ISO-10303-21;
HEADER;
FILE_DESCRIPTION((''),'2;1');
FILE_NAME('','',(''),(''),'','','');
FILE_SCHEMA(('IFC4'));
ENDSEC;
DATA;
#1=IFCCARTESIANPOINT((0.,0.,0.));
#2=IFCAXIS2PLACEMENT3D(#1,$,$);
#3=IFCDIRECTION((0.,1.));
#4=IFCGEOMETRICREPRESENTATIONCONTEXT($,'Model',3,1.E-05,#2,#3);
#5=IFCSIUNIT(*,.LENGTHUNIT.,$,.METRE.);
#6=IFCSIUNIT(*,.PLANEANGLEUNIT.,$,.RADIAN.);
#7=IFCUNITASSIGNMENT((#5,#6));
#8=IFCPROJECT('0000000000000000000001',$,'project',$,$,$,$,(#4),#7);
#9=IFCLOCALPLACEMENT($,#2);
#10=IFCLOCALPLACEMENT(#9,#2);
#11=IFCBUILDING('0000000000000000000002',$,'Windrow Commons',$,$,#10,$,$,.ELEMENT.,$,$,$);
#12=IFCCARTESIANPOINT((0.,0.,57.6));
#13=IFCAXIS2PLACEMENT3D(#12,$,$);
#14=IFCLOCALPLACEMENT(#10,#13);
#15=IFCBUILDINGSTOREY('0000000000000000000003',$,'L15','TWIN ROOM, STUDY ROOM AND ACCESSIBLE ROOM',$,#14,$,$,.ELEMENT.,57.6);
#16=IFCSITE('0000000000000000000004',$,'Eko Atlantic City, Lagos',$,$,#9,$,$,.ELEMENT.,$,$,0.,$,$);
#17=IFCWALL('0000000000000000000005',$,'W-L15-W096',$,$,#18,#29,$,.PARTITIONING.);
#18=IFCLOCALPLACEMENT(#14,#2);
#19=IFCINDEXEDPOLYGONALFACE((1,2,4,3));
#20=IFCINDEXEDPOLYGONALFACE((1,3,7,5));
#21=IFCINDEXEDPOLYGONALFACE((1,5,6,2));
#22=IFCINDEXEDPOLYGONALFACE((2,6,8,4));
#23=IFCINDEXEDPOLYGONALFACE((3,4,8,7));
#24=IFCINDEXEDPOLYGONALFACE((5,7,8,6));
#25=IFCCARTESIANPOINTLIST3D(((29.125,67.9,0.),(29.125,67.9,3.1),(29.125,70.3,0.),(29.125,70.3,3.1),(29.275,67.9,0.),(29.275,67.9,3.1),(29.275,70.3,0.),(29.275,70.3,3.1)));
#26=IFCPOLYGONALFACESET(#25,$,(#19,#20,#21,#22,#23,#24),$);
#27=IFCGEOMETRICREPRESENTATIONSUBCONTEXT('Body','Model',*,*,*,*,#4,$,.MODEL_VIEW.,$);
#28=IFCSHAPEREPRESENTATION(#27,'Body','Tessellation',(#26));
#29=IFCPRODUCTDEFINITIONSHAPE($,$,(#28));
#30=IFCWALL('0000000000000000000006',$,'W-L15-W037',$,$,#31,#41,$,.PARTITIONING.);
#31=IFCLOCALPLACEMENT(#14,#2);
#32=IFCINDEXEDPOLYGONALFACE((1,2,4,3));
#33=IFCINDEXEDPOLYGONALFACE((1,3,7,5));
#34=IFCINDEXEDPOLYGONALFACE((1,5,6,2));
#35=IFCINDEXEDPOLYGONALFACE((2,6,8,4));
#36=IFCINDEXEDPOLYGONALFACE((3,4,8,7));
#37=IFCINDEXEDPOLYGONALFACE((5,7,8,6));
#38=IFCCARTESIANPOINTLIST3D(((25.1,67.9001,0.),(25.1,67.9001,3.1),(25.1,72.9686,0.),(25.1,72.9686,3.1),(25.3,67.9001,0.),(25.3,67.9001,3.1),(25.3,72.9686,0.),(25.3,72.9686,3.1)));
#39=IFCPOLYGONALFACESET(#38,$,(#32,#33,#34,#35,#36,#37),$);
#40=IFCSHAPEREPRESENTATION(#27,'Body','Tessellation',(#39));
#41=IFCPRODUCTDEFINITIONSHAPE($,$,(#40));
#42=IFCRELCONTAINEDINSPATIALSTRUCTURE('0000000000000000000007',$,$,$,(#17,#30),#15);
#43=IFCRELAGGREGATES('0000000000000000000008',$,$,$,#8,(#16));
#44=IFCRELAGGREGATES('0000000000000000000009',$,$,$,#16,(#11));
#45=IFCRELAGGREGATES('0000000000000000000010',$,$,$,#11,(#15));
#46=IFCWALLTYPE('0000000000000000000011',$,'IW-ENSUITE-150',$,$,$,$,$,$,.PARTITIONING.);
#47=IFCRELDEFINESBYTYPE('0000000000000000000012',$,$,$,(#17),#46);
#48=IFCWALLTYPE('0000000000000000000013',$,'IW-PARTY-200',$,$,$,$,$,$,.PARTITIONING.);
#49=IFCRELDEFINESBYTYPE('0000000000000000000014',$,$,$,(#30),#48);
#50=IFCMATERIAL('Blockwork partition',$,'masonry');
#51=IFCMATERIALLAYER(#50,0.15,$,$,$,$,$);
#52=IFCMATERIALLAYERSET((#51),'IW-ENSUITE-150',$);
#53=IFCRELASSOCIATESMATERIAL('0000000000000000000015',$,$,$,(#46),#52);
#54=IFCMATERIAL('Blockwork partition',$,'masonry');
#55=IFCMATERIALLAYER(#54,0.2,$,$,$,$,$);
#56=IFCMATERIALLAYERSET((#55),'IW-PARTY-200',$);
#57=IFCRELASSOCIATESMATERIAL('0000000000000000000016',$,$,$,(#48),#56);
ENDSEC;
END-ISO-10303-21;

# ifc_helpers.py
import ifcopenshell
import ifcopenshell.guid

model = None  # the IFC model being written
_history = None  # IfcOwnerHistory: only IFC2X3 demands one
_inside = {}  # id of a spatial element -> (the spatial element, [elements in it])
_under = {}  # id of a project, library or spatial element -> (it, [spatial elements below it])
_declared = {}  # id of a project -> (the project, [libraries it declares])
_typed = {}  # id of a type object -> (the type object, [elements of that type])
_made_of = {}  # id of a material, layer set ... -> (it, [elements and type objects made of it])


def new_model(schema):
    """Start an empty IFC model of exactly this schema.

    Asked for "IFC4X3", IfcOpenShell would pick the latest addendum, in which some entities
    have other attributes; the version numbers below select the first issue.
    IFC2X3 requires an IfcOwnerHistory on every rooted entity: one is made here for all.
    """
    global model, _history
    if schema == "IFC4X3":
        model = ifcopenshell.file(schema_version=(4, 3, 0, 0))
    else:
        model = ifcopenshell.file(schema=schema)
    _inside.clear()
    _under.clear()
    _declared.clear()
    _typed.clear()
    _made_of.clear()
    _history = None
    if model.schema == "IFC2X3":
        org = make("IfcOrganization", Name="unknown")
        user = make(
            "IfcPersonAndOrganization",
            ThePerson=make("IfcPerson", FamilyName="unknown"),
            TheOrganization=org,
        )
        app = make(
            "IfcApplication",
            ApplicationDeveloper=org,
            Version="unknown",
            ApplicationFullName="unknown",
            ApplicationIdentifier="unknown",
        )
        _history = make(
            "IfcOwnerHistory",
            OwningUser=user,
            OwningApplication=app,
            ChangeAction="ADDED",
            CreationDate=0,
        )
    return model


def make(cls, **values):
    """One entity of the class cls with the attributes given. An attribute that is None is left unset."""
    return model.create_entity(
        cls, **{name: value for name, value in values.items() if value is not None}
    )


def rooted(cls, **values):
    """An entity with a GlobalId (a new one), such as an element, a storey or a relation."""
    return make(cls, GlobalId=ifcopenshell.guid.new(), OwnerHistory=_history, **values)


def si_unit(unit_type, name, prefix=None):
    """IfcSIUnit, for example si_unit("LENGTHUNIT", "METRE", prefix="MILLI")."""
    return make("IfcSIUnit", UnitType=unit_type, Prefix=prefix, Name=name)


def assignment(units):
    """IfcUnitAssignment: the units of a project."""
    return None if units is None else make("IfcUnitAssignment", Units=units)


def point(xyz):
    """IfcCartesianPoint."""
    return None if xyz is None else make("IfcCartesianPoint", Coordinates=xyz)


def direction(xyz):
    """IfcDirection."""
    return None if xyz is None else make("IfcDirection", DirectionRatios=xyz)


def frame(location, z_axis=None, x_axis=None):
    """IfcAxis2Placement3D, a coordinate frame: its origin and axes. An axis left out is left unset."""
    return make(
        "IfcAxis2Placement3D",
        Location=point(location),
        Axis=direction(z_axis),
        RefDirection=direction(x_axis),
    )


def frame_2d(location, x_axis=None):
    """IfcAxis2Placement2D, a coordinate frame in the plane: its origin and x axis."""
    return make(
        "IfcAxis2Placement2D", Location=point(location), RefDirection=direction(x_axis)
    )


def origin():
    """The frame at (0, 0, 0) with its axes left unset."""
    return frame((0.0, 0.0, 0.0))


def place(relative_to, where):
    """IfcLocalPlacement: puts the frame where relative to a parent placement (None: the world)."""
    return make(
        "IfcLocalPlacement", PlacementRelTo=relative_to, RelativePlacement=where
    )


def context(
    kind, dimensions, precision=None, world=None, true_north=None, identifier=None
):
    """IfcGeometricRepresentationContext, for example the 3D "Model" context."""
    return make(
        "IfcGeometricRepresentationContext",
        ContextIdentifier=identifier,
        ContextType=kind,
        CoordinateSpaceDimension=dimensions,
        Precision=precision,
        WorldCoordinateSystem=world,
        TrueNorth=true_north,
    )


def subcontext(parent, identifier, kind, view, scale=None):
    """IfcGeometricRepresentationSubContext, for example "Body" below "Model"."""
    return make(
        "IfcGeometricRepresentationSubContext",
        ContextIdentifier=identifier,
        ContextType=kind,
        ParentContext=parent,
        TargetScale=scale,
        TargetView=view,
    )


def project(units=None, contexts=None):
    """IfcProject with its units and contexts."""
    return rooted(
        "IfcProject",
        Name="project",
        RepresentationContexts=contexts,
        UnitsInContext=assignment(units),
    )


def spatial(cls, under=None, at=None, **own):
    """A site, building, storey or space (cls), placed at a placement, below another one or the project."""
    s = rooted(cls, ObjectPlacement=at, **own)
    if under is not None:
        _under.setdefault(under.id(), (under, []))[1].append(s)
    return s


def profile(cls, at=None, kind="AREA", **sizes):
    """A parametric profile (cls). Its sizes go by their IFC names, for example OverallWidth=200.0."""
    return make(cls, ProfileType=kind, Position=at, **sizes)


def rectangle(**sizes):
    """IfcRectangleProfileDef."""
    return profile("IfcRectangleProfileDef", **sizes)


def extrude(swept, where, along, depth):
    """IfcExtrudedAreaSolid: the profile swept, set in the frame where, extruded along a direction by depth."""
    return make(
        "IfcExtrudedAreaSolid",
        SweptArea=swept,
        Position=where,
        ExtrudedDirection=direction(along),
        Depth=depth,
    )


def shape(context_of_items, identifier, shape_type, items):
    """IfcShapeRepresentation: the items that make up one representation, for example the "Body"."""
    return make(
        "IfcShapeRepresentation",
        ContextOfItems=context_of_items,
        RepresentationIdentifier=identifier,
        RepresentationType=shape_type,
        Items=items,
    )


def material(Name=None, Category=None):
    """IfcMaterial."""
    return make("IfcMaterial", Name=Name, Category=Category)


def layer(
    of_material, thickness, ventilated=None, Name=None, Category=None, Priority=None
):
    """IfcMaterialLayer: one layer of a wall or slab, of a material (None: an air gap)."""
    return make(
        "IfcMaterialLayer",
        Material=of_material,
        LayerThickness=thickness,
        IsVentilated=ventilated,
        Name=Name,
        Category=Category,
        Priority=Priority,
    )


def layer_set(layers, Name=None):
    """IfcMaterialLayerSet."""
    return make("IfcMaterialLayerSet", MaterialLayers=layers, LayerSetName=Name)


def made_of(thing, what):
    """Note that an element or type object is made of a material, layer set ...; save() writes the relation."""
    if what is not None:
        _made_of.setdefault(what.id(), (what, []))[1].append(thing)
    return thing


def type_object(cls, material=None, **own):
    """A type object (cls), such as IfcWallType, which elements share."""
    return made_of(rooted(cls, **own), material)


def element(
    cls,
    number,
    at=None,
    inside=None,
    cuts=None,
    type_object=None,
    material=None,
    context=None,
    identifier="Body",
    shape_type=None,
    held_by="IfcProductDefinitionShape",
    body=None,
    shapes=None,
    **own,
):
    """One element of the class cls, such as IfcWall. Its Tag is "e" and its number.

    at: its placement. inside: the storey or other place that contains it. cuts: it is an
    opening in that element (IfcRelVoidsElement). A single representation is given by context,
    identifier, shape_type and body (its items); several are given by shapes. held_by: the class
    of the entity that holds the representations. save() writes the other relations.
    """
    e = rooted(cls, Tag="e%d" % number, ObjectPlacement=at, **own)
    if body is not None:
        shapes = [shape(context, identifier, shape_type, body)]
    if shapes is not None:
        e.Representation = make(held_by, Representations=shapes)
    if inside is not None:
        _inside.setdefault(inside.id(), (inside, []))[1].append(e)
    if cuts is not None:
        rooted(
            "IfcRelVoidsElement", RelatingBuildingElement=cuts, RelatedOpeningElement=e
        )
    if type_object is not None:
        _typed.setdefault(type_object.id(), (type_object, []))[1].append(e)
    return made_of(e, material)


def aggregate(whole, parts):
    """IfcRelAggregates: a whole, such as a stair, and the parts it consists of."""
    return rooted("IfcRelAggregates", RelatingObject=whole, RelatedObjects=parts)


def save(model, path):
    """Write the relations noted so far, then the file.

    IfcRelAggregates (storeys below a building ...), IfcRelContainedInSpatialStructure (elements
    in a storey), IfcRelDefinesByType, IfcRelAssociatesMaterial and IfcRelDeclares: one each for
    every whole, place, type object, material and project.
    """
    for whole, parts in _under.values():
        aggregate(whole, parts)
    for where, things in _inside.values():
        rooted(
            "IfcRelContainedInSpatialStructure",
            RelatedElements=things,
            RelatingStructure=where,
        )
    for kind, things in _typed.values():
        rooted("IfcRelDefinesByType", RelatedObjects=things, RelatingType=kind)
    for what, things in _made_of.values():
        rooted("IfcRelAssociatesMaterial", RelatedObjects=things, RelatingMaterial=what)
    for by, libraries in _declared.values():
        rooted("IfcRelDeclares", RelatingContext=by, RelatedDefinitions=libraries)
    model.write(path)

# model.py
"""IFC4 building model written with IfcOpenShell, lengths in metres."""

from ifc_helpers import new_model, si_unit, direction, frame, frame_2d, origin, place, context, subcontext, project, spatial, rectangle, extrude, material, layer, layer_set, type_object, element, save


model = new_model("IFC4")

# Units and contexts
model_context = context("Model", 3, precision=1e-05, world=origin(), true_north=direction((0.0, 1.0)))
body_context = subcontext(model_context, "Body", "Model", "MODEL_VIEW")
ifc_project = project(units=[si_unit("LENGTHUNIT", "METRE"), si_unit("PLANEANGLEUNIT", "RADIAN")], contexts=[model_context])

# Site, building, storey
site_placement = place(None, origin())
site = spatial("IfcSite", under=ifc_project, at=site_placement, Name="Eko Atlantic City, Lagos", CompositionType="ELEMENT", RefElevation=0.0)
building_placement = place(site_placement, origin())
building = spatial("IfcBuilding", under=site, at=building_placement, Name="Windrow Commons", CompositionType="ELEMENT")
storey_placement = place(building_placement, frame((0.0, 0.0, 57.6)))
storey = spatial("IfcBuildingStorey", under=building, at=storey_placement, Name="L15", Description="TWIN ROOM, STUDY ROOM AND ACCESSIBLE ROOM", CompositionType="ELEMENT", Elevation=57.6)

# Shared definitions
ifc_material_1 = material(Name="Blockwork partition", Category="masonry")
ifc_layer_1 = layer(ifc_material_1, 0.15)
ifc_layer_set_1 = layer_set([ifc_layer_1], Name="IW-ENSUITE-150")
wall_type_1 = type_object("IfcWallType", Name="IW-ENSUITE-150", PredefinedType="PARTITIONING", material=ifc_layer_set_1)

# Walls
wall_1_placement = place(storey_placement, frame((29.2, 67.9, 0.0), z_axis=(0.0, 0.0, 1.0), x_axis=(0.0, 1.0, 0.0)))
element("IfcWall", 1, at=wall_1_placement, inside=storey, type_object=wall_type_1, Name="W-L15-W096", PredefinedType="PARTITIONING", context=body_context, shape_type="SweptSolid", body=[
    extrude(rectangle(XDim=2.4, YDim=0.15, at=frame_2d((1.2, 0.0))), origin(), (0.0, 0.0, 1.0), 3.1),
])
ifc_material_2 = material(Name="Blockwork partition", Category="masonry")
ifc_layer_2 = layer(ifc_material_2, 0.2)
ifc_layer_set_2 = layer_set([ifc_layer_2], Name="IW-PARTY-200")
wall_type_2 = type_object("IfcWallType", Name="IW-PARTY-200", PredefinedType="PARTITIONING", material=ifc_layer_set_2)
wall_2_placement = place(storey_placement, frame((25.2, 67.9, 0.0), z_axis=(0.0, 0.0, 1.0), x_axis=(0.0, 1.0, 0.0)))
element("IfcWall", 2, at=wall_2_placement, inside=storey, type_object=wall_type_2, Name="W-L15-W037", PredefinedType="PARTITIONING", context=body_context, shape_type="SweptSolid", body=[
    extrude(rectangle(XDim=5.0685, YDim=0.2, at=frame_2d((2.5343, 0.0))), origin(), (0.0, 0.0, 1.0), 3.1),
])

save(model, "model.ifc")
